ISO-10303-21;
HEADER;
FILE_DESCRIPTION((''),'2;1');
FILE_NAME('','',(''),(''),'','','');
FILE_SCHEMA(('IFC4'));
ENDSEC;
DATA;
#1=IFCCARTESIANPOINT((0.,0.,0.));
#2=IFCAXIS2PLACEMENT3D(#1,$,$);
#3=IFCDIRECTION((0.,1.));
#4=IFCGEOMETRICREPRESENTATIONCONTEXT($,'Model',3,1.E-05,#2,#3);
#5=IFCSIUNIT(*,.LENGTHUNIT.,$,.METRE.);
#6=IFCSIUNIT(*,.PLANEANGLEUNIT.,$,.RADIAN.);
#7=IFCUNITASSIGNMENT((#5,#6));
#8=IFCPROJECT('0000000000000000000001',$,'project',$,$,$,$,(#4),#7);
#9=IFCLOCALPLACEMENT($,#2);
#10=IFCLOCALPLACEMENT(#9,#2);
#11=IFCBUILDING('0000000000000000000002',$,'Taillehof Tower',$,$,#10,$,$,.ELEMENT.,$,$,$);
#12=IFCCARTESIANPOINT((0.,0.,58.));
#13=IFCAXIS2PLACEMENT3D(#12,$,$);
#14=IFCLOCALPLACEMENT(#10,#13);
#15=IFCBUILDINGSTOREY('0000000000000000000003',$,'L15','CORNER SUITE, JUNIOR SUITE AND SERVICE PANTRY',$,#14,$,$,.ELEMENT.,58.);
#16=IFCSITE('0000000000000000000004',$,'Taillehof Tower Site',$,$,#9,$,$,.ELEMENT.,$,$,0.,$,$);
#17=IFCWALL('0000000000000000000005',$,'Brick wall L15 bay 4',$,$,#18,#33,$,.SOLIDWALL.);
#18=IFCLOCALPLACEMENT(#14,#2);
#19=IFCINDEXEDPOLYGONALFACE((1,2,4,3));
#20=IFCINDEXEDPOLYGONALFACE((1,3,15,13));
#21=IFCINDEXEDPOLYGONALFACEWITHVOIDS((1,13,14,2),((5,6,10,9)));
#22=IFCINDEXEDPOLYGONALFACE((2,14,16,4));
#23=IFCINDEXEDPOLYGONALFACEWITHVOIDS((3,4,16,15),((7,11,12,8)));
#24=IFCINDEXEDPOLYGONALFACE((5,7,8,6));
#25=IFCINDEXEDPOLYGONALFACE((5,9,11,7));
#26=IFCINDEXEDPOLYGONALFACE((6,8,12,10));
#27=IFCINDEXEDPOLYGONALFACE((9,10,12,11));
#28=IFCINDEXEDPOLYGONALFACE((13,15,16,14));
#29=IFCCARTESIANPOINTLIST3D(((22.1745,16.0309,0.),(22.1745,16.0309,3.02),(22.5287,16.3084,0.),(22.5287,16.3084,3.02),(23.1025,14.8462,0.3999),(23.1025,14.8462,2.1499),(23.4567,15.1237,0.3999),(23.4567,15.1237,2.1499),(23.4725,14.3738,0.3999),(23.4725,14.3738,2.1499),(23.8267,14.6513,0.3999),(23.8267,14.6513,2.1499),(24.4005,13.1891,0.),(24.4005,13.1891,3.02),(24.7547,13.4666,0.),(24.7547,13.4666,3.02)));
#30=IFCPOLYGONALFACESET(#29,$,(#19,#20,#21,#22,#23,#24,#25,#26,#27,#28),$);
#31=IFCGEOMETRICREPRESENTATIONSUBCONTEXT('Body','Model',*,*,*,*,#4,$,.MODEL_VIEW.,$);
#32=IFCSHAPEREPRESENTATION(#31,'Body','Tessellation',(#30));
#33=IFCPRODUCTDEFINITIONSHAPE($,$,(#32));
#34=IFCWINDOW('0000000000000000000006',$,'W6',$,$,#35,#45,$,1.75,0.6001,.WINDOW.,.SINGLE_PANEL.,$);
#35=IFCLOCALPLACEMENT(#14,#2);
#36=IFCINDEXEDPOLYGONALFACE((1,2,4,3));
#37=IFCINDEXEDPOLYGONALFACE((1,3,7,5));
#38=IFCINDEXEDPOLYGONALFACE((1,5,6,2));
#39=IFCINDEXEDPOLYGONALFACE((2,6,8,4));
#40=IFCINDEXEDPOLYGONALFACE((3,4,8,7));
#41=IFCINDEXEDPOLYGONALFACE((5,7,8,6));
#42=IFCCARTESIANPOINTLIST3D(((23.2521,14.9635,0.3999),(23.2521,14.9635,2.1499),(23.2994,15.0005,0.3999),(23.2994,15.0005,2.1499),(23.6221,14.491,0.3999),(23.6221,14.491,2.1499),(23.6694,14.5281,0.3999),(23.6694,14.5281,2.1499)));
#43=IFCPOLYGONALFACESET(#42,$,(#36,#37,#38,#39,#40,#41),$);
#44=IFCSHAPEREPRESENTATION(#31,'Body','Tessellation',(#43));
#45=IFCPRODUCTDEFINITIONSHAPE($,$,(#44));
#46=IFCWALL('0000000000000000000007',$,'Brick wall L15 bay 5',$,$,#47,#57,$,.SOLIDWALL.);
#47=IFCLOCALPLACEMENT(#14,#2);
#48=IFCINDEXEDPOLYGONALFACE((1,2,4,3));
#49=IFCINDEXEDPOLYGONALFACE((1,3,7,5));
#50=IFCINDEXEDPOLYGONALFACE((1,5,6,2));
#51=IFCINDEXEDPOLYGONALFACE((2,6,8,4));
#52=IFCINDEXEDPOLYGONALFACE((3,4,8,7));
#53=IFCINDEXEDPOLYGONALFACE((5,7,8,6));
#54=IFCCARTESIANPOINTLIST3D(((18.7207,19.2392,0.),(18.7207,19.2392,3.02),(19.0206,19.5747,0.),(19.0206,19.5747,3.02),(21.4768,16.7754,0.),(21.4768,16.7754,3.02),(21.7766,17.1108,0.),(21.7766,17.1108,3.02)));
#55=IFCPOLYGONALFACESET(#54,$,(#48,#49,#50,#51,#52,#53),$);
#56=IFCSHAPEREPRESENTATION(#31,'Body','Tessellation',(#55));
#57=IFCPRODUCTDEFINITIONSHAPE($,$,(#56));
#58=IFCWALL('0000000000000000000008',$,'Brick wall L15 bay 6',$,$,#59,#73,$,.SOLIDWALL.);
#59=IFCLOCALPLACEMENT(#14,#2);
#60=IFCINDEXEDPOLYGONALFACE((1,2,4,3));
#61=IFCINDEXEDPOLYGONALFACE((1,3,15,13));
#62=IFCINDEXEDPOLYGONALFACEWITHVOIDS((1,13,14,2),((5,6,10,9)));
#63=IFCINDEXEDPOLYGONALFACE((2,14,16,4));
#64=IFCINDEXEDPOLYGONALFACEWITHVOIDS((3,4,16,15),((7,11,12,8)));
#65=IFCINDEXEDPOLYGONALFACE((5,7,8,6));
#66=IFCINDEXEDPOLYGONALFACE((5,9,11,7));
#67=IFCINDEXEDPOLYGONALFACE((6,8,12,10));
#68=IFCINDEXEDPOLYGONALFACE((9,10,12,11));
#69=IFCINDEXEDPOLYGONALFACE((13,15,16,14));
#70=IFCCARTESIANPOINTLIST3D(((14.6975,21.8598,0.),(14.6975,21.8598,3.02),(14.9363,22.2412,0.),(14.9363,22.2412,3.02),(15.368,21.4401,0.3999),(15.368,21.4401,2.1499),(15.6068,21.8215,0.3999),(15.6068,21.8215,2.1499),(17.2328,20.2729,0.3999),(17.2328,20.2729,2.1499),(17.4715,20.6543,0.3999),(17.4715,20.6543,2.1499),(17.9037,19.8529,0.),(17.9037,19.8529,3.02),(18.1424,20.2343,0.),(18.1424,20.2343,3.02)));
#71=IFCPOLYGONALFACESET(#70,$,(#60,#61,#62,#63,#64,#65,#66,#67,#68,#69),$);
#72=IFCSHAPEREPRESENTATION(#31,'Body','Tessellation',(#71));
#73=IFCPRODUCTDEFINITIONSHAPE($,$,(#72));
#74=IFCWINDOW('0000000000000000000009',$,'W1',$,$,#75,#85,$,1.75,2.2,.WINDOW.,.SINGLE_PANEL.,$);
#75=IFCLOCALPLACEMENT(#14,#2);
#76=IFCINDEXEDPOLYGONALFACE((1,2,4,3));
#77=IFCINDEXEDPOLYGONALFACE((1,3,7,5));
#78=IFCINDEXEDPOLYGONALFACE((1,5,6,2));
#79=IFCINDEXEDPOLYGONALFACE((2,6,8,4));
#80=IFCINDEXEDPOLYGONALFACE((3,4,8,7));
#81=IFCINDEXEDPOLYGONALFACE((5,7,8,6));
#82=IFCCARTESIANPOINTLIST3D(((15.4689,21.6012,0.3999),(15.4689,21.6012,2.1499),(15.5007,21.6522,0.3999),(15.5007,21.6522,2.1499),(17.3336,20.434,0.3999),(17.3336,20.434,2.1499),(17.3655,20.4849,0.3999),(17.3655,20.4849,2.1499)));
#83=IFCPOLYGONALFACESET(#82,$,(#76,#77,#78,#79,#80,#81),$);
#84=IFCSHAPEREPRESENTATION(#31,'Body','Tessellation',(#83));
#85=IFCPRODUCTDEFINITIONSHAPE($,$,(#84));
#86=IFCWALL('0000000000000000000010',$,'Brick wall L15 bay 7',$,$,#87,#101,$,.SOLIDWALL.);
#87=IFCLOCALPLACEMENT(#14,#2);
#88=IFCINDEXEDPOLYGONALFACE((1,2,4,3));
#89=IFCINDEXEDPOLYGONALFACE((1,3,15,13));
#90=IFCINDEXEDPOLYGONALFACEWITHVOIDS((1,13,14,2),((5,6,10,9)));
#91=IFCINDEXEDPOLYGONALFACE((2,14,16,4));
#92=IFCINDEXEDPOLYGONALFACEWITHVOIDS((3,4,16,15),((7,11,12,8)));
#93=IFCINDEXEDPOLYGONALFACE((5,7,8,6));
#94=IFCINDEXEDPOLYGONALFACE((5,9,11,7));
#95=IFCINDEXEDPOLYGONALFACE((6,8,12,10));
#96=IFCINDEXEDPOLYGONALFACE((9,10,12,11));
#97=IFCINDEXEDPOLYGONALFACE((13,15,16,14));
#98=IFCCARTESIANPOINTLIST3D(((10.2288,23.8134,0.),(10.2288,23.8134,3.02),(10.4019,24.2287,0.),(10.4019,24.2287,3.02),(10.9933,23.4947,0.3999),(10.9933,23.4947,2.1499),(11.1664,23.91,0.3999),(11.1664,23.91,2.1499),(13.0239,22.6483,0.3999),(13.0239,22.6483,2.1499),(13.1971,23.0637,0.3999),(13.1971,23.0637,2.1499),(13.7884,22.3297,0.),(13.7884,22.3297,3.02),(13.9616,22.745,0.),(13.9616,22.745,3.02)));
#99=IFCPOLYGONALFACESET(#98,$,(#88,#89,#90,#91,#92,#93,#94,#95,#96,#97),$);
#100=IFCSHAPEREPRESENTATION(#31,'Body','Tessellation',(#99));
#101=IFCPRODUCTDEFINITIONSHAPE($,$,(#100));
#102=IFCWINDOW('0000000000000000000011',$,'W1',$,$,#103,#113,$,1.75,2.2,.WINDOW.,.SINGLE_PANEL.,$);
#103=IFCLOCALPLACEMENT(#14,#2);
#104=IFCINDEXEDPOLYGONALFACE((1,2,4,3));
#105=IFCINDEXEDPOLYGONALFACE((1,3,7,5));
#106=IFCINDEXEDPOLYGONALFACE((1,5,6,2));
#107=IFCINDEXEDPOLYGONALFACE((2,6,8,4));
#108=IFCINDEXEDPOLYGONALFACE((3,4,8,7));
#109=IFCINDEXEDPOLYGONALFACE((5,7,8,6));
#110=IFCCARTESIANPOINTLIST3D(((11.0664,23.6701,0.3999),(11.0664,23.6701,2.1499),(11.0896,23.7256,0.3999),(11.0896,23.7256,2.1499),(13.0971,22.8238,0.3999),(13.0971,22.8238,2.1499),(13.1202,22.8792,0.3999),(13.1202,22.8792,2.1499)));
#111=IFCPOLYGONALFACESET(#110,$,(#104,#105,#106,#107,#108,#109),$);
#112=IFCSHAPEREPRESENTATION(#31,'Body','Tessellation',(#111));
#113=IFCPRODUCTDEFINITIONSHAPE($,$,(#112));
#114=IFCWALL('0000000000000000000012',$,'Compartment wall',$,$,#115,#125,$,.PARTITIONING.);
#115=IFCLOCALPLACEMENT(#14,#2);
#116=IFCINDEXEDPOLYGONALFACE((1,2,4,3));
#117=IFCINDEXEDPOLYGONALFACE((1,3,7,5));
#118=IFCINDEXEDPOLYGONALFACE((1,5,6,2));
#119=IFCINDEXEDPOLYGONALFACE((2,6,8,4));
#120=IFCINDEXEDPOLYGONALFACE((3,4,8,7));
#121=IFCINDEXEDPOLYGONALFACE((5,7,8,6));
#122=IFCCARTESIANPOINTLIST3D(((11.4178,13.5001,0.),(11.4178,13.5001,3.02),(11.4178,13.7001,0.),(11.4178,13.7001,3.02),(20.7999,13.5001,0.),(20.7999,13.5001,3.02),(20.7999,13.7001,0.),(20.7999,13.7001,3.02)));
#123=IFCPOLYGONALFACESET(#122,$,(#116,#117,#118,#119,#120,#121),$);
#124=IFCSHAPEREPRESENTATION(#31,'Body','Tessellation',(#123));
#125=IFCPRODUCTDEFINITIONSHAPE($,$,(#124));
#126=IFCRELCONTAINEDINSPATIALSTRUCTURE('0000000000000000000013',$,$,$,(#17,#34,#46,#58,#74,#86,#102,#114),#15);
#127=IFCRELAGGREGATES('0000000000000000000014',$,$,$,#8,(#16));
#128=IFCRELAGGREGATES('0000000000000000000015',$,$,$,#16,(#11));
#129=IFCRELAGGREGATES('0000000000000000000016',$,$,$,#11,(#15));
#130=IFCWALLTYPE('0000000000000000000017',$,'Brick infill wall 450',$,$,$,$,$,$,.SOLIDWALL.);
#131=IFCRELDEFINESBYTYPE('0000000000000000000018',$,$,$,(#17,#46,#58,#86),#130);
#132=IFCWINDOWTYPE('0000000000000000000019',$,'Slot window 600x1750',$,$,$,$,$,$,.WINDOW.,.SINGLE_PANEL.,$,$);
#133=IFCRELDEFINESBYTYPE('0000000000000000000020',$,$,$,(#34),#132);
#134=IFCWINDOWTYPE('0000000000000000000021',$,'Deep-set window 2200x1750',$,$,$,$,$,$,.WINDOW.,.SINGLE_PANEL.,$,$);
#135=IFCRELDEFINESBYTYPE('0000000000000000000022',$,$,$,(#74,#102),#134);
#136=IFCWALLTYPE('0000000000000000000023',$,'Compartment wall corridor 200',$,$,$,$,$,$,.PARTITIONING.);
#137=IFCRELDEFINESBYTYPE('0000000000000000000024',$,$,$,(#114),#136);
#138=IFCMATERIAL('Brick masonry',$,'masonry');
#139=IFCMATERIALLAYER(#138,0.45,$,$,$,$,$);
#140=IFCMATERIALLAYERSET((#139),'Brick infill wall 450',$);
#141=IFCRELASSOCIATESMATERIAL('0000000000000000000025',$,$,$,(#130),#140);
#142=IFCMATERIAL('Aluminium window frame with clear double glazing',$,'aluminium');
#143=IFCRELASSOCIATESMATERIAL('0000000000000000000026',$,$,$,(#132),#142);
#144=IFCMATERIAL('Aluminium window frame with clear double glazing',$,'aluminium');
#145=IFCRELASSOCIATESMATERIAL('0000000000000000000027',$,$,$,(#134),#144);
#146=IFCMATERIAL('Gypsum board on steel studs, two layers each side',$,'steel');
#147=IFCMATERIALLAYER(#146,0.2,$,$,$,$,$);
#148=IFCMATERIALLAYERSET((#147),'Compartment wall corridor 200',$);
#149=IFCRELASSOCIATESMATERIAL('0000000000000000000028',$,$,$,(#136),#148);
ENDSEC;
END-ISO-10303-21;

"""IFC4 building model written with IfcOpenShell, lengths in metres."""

from ifc_helpers import new_model, si_unit, direction, frame, frame_2d, origin, place, context, subcontext, project, spatial, rectangle, extrude, material, layer, layer_set, type_object, element, fill, save


model = new_model("IFC4")

# Units and contexts
model_context = context("Model", 3, precision=1e-05, world=origin(), true_north=direction((0.0, 1.0)))
body_context = subcontext(model_context, "Body", "Model", "MODEL_VIEW")
ifc_project = project(units=[si_unit("LENGTHUNIT", "METRE"), si_unit("PLANEANGLEUNIT", "RADIAN")], contexts=[model_context])

# Site, building, storey
site_placement = place(None, origin())
site = spatial("IfcSite", under=ifc_project, at=site_placement, Name="Taillehof Tower Site", CompositionType="ELEMENT", RefElevation=0.0)
building_placement = place(site_placement, origin())
building = spatial("IfcBuilding", under=site, at=building_placement, Name="Taillehof Tower", CompositionType="ELEMENT")
storey_placement = place(building_placement, frame((0.0, 0.0, 58.0)))
storey = spatial("IfcBuildingStorey", under=building, at=storey_placement, Name="L15", Description="CORNER SUITE, JUNIOR SUITE AND SERVICE PANTRY", CompositionType="ELEMENT", Elevation=58.0)

# Wall, opening, window
ifc_material_1 = material(Name="Brick masonry", Category="masonry")
ifc_layer_1 = layer(ifc_material_1, 0.45)
ifc_layer_set_1 = layer_set([ifc_layer_1], Name="Brick infill wall 450")
wall_type_1 = type_object("IfcWallType", Name="Brick infill wall 450", PredefinedType="SOLIDWALL", material=ifc_layer_set_1)
wall_1_placement = place(storey_placement, frame((24.5776, 13.3279, 0.0), z_axis=(0.0, 0.0, 1.0), x_axis=(-0.616662, 0.787228, 0.0)))
wall_1 = element("IfcWall", 1, at=wall_1_placement, inside=storey, type_object=wall_type_1, Name="Brick wall L15 bay 4", PredefinedType="SOLIDWALL", context=body_context, shape_type="SweptSolid", body=[
    extrude(rectangle(XDim=3.6099, YDim=0.45, at=frame_2d((1.8049, 0.0))), origin(), (0.0, 0.0, 1.0), 3.02),
])
opening_1_placement = place(wall_1_placement, frame((1.5049, 0.0, 0.3999)))
opening_1 = element("IfcOpeningElement", 2, at=opening_1_placement, cuts=wall_1, PredefinedType="OPENING", context=body_context, shape_type="SweptSolid", body=[
    extrude(rectangle(XDim=0.6001, YDim=1.75, at=frame_2d((0.3, 0.875))), frame((0.0, 0.2349, 0.0), z_axis=(0.0, -1.0, 0.0), x_axis=(1.0, 0.0, 0.0)), (0.0, 0.0, 1.0), 0.47),
])
ifc_material_2 = material(Name="Aluminium window frame with clear double glazing", Category="aluminium")
window_type_1 = type_object("IfcWindowType", Name="Slot window 600x1750", PartitioningType="SINGLE_PANEL", PredefinedType="WINDOW", material=ifc_material_2)
window_1_placement = place(opening_1_placement, origin())
window_1 = element("IfcWindow", 3, at=window_1_placement, inside=storey, type_object=window_type_1, Name="W6", OverallHeight=1.75, OverallWidth=0.6001, PartitioningType="SINGLE_PANEL", PredefinedType="WINDOW", context=body_context, shape_type="SweptSolid", body=[
    extrude(rectangle(XDim=0.6001, YDim=1.75, at=frame_2d((0.3, 0.875))), frame((0.0, 0.0349, 0.0), z_axis=(0.0, -1.0, 0.0), x_axis=(1.0, 0.0, 0.0)), (0.0, 0.0, 1.0), 0.0601),
])
fill(opening_1, window_1)

# Wall
wall_2_placement = place(storey_placement, frame((21.6267, 16.9431, 0.0), z_axis=(0.0, 0.0, 1.0), x_axis=(-0.745526, 0.666476, 0.0)))
element("IfcWall", 4, at=wall_2_placement, inside=storey, type_object=wall_type_1, Name="Brick wall L15 bay 5", PredefinedType="SOLIDWALL", context=body_context, shape_type="SweptSolid", body=[
    extrude(rectangle(XDim=3.6968, YDim=0.45, at=frame_2d((1.8484, 0.0))), origin(), (0.0, 0.0, 1.0), 3.02),
])

# Walls, openings, windows
wall_3_placement = place(storey_placement, frame((18.0229, 20.0437, 0.0), z_axis=(0.0, 0.0, 1.0), x_axis=(-0.847635, 0.530579, 0.0)))
wall_3 = element("IfcWall", 5, at=wall_3_placement, inside=storey, type_object=wall_type_1, Name="Brick wall L15 bay 6", PredefinedType="SOLIDWALL", context=body_context, shape_type="SweptSolid", body=[
    extrude(rectangle(XDim=3.7825, YDim=0.45, at=frame_2d((1.8911, 0.0))), origin(), (0.0, 0.0, 1.0), 3.02),
])
opening_2_placement = place(wall_3_placement, frame((0.7913, 0.0, 0.3999)))
opening_2 = element("IfcOpeningElement", 6, at=opening_2_placement, cuts=wall_3, PredefinedType="OPENING", context=body_context, shape_type="SweptSolid", body=[
    extrude(rectangle(XDim=2.2, YDim=1.75, at=frame_2d((1.1001, 0.875))), frame((0.0, 0.2349, 0.0), z_axis=(0.0, -1.0, 0.0), x_axis=(1.0, 0.0, 0.0)), (0.0, 0.0, 1.0), 0.47),
])
ifc_material_3 = material(Name="Aluminium window frame with clear double glazing", Category="aluminium")
window_type_2 = type_object("IfcWindowType", Name="Deep-set window 2200x1750", PartitioningType="SINGLE_PANEL", PredefinedType="WINDOW", material=ifc_material_3)
window_2_placement = place(opening_2_placement, origin())
window_2 = element("IfcWindow", 7, at=window_2_placement, inside=storey, type_object=window_type_2, Name="W1", OverallHeight=1.75, OverallWidth=2.2, PartitioningType="SINGLE_PANEL", PredefinedType="WINDOW", context=body_context, shape_type="SweptSolid", body=[
    extrude(rectangle(XDim=2.2, YDim=1.75, at=frame_2d((1.1001, 0.875))), frame((0.0, 0.0349, 0.0), z_axis=(0.0, -1.0, 0.0), x_axis=(1.0, 0.0, 0.0)), (0.0, 0.0, 1.0), 0.0601),
])
fill(opening_2, window_2)
wall_4_placement = place(storey_placement, frame((13.875, 22.5374, 0.0), z_axis=(0.0, 0.0, 1.0), x_axis=(-0.923032, 0.384723, 0.0)))
wall_4 = element("IfcWall", 8, at=wall_4_placement, inside=storey, type_object=wall_type_1, Name="Brick wall L15 bay 7", PredefinedType="SOLIDWALL", context=body_context, shape_type="SweptSolid", body=[
    extrude(rectangle(XDim=3.8564, YDim=0.45, at=frame_2d((1.9282, 0.0))), origin(), (0.0, 0.0, 1.0), 3.02),
])
opening_3_placement = place(wall_4_placement, frame((0.8281, 0.0, 0.3999)))
opening_3 = element("IfcOpeningElement", 9, at=opening_3_placement, cuts=wall_4, PredefinedType="OPENING", context=body_context, shape_type="SweptSolid", body=[
    extrude(rectangle(XDim=2.2, YDim=1.75, at=frame_2d((1.1001, 0.875))), frame((0.0, 0.2349, 0.0), z_axis=(0.0, -1.0, 0.0), x_axis=(1.0, 0.0, 0.0)), (0.0, 0.0, 1.0), 0.47),
])
window_3_placement = place(opening_3_placement, origin())
window_3 = element("IfcWindow", 10, at=window_3_placement, inside=storey, type_object=window_type_2, Name="W1", OverallHeight=1.75, OverallWidth=2.2, PartitioningType="SINGLE_PANEL", PredefinedType="WINDOW", context=body_context, shape_type="SweptSolid", body=[
    extrude(rectangle(XDim=2.2, YDim=1.75, at=frame_2d((1.1001, 0.875))), frame((0.0, 0.0349, 0.0), z_axis=(0.0, -1.0, 0.0), x_axis=(1.0, 0.0, 0.0)), (0.0, 0.0, 1.0), 0.0601),
])
fill(opening_3, window_3)

# Wall
ifc_material_4 = material(Name="Gypsum board on steel studs, two layers each side", Category="steel")
ifc_layer_2 = layer(ifc_material_4, 0.2)
ifc_layer_set_2 = layer_set([ifc_layer_2], Name="Compartment wall corridor 200")
wall_type_2 = type_object("IfcWallType", Name="Compartment wall corridor 200", PredefinedType="PARTITIONING", material=ifc_layer_set_2)
wall_5_placement = place(storey_placement, frame((11.418, 13.6001, 0.0), z_axis=(0.0, 0.0, 1.0), x_axis=(1.0, 0.0, 0.0)))
element("IfcWall", 11, at=wall_5_placement, inside=storey, type_object=wall_type_2, Name="Compartment wall", PredefinedType="PARTITIONING", context=body_context, shape_type="SweptSolid", body=[
    extrude(rectangle(XDim=9.3821, YDim=0.2, at=frame_2d((4.6909, 0.0))), origin(), (0.0, 0.0, 1.0), 3.02),
])

save(model, "model.ifc")
